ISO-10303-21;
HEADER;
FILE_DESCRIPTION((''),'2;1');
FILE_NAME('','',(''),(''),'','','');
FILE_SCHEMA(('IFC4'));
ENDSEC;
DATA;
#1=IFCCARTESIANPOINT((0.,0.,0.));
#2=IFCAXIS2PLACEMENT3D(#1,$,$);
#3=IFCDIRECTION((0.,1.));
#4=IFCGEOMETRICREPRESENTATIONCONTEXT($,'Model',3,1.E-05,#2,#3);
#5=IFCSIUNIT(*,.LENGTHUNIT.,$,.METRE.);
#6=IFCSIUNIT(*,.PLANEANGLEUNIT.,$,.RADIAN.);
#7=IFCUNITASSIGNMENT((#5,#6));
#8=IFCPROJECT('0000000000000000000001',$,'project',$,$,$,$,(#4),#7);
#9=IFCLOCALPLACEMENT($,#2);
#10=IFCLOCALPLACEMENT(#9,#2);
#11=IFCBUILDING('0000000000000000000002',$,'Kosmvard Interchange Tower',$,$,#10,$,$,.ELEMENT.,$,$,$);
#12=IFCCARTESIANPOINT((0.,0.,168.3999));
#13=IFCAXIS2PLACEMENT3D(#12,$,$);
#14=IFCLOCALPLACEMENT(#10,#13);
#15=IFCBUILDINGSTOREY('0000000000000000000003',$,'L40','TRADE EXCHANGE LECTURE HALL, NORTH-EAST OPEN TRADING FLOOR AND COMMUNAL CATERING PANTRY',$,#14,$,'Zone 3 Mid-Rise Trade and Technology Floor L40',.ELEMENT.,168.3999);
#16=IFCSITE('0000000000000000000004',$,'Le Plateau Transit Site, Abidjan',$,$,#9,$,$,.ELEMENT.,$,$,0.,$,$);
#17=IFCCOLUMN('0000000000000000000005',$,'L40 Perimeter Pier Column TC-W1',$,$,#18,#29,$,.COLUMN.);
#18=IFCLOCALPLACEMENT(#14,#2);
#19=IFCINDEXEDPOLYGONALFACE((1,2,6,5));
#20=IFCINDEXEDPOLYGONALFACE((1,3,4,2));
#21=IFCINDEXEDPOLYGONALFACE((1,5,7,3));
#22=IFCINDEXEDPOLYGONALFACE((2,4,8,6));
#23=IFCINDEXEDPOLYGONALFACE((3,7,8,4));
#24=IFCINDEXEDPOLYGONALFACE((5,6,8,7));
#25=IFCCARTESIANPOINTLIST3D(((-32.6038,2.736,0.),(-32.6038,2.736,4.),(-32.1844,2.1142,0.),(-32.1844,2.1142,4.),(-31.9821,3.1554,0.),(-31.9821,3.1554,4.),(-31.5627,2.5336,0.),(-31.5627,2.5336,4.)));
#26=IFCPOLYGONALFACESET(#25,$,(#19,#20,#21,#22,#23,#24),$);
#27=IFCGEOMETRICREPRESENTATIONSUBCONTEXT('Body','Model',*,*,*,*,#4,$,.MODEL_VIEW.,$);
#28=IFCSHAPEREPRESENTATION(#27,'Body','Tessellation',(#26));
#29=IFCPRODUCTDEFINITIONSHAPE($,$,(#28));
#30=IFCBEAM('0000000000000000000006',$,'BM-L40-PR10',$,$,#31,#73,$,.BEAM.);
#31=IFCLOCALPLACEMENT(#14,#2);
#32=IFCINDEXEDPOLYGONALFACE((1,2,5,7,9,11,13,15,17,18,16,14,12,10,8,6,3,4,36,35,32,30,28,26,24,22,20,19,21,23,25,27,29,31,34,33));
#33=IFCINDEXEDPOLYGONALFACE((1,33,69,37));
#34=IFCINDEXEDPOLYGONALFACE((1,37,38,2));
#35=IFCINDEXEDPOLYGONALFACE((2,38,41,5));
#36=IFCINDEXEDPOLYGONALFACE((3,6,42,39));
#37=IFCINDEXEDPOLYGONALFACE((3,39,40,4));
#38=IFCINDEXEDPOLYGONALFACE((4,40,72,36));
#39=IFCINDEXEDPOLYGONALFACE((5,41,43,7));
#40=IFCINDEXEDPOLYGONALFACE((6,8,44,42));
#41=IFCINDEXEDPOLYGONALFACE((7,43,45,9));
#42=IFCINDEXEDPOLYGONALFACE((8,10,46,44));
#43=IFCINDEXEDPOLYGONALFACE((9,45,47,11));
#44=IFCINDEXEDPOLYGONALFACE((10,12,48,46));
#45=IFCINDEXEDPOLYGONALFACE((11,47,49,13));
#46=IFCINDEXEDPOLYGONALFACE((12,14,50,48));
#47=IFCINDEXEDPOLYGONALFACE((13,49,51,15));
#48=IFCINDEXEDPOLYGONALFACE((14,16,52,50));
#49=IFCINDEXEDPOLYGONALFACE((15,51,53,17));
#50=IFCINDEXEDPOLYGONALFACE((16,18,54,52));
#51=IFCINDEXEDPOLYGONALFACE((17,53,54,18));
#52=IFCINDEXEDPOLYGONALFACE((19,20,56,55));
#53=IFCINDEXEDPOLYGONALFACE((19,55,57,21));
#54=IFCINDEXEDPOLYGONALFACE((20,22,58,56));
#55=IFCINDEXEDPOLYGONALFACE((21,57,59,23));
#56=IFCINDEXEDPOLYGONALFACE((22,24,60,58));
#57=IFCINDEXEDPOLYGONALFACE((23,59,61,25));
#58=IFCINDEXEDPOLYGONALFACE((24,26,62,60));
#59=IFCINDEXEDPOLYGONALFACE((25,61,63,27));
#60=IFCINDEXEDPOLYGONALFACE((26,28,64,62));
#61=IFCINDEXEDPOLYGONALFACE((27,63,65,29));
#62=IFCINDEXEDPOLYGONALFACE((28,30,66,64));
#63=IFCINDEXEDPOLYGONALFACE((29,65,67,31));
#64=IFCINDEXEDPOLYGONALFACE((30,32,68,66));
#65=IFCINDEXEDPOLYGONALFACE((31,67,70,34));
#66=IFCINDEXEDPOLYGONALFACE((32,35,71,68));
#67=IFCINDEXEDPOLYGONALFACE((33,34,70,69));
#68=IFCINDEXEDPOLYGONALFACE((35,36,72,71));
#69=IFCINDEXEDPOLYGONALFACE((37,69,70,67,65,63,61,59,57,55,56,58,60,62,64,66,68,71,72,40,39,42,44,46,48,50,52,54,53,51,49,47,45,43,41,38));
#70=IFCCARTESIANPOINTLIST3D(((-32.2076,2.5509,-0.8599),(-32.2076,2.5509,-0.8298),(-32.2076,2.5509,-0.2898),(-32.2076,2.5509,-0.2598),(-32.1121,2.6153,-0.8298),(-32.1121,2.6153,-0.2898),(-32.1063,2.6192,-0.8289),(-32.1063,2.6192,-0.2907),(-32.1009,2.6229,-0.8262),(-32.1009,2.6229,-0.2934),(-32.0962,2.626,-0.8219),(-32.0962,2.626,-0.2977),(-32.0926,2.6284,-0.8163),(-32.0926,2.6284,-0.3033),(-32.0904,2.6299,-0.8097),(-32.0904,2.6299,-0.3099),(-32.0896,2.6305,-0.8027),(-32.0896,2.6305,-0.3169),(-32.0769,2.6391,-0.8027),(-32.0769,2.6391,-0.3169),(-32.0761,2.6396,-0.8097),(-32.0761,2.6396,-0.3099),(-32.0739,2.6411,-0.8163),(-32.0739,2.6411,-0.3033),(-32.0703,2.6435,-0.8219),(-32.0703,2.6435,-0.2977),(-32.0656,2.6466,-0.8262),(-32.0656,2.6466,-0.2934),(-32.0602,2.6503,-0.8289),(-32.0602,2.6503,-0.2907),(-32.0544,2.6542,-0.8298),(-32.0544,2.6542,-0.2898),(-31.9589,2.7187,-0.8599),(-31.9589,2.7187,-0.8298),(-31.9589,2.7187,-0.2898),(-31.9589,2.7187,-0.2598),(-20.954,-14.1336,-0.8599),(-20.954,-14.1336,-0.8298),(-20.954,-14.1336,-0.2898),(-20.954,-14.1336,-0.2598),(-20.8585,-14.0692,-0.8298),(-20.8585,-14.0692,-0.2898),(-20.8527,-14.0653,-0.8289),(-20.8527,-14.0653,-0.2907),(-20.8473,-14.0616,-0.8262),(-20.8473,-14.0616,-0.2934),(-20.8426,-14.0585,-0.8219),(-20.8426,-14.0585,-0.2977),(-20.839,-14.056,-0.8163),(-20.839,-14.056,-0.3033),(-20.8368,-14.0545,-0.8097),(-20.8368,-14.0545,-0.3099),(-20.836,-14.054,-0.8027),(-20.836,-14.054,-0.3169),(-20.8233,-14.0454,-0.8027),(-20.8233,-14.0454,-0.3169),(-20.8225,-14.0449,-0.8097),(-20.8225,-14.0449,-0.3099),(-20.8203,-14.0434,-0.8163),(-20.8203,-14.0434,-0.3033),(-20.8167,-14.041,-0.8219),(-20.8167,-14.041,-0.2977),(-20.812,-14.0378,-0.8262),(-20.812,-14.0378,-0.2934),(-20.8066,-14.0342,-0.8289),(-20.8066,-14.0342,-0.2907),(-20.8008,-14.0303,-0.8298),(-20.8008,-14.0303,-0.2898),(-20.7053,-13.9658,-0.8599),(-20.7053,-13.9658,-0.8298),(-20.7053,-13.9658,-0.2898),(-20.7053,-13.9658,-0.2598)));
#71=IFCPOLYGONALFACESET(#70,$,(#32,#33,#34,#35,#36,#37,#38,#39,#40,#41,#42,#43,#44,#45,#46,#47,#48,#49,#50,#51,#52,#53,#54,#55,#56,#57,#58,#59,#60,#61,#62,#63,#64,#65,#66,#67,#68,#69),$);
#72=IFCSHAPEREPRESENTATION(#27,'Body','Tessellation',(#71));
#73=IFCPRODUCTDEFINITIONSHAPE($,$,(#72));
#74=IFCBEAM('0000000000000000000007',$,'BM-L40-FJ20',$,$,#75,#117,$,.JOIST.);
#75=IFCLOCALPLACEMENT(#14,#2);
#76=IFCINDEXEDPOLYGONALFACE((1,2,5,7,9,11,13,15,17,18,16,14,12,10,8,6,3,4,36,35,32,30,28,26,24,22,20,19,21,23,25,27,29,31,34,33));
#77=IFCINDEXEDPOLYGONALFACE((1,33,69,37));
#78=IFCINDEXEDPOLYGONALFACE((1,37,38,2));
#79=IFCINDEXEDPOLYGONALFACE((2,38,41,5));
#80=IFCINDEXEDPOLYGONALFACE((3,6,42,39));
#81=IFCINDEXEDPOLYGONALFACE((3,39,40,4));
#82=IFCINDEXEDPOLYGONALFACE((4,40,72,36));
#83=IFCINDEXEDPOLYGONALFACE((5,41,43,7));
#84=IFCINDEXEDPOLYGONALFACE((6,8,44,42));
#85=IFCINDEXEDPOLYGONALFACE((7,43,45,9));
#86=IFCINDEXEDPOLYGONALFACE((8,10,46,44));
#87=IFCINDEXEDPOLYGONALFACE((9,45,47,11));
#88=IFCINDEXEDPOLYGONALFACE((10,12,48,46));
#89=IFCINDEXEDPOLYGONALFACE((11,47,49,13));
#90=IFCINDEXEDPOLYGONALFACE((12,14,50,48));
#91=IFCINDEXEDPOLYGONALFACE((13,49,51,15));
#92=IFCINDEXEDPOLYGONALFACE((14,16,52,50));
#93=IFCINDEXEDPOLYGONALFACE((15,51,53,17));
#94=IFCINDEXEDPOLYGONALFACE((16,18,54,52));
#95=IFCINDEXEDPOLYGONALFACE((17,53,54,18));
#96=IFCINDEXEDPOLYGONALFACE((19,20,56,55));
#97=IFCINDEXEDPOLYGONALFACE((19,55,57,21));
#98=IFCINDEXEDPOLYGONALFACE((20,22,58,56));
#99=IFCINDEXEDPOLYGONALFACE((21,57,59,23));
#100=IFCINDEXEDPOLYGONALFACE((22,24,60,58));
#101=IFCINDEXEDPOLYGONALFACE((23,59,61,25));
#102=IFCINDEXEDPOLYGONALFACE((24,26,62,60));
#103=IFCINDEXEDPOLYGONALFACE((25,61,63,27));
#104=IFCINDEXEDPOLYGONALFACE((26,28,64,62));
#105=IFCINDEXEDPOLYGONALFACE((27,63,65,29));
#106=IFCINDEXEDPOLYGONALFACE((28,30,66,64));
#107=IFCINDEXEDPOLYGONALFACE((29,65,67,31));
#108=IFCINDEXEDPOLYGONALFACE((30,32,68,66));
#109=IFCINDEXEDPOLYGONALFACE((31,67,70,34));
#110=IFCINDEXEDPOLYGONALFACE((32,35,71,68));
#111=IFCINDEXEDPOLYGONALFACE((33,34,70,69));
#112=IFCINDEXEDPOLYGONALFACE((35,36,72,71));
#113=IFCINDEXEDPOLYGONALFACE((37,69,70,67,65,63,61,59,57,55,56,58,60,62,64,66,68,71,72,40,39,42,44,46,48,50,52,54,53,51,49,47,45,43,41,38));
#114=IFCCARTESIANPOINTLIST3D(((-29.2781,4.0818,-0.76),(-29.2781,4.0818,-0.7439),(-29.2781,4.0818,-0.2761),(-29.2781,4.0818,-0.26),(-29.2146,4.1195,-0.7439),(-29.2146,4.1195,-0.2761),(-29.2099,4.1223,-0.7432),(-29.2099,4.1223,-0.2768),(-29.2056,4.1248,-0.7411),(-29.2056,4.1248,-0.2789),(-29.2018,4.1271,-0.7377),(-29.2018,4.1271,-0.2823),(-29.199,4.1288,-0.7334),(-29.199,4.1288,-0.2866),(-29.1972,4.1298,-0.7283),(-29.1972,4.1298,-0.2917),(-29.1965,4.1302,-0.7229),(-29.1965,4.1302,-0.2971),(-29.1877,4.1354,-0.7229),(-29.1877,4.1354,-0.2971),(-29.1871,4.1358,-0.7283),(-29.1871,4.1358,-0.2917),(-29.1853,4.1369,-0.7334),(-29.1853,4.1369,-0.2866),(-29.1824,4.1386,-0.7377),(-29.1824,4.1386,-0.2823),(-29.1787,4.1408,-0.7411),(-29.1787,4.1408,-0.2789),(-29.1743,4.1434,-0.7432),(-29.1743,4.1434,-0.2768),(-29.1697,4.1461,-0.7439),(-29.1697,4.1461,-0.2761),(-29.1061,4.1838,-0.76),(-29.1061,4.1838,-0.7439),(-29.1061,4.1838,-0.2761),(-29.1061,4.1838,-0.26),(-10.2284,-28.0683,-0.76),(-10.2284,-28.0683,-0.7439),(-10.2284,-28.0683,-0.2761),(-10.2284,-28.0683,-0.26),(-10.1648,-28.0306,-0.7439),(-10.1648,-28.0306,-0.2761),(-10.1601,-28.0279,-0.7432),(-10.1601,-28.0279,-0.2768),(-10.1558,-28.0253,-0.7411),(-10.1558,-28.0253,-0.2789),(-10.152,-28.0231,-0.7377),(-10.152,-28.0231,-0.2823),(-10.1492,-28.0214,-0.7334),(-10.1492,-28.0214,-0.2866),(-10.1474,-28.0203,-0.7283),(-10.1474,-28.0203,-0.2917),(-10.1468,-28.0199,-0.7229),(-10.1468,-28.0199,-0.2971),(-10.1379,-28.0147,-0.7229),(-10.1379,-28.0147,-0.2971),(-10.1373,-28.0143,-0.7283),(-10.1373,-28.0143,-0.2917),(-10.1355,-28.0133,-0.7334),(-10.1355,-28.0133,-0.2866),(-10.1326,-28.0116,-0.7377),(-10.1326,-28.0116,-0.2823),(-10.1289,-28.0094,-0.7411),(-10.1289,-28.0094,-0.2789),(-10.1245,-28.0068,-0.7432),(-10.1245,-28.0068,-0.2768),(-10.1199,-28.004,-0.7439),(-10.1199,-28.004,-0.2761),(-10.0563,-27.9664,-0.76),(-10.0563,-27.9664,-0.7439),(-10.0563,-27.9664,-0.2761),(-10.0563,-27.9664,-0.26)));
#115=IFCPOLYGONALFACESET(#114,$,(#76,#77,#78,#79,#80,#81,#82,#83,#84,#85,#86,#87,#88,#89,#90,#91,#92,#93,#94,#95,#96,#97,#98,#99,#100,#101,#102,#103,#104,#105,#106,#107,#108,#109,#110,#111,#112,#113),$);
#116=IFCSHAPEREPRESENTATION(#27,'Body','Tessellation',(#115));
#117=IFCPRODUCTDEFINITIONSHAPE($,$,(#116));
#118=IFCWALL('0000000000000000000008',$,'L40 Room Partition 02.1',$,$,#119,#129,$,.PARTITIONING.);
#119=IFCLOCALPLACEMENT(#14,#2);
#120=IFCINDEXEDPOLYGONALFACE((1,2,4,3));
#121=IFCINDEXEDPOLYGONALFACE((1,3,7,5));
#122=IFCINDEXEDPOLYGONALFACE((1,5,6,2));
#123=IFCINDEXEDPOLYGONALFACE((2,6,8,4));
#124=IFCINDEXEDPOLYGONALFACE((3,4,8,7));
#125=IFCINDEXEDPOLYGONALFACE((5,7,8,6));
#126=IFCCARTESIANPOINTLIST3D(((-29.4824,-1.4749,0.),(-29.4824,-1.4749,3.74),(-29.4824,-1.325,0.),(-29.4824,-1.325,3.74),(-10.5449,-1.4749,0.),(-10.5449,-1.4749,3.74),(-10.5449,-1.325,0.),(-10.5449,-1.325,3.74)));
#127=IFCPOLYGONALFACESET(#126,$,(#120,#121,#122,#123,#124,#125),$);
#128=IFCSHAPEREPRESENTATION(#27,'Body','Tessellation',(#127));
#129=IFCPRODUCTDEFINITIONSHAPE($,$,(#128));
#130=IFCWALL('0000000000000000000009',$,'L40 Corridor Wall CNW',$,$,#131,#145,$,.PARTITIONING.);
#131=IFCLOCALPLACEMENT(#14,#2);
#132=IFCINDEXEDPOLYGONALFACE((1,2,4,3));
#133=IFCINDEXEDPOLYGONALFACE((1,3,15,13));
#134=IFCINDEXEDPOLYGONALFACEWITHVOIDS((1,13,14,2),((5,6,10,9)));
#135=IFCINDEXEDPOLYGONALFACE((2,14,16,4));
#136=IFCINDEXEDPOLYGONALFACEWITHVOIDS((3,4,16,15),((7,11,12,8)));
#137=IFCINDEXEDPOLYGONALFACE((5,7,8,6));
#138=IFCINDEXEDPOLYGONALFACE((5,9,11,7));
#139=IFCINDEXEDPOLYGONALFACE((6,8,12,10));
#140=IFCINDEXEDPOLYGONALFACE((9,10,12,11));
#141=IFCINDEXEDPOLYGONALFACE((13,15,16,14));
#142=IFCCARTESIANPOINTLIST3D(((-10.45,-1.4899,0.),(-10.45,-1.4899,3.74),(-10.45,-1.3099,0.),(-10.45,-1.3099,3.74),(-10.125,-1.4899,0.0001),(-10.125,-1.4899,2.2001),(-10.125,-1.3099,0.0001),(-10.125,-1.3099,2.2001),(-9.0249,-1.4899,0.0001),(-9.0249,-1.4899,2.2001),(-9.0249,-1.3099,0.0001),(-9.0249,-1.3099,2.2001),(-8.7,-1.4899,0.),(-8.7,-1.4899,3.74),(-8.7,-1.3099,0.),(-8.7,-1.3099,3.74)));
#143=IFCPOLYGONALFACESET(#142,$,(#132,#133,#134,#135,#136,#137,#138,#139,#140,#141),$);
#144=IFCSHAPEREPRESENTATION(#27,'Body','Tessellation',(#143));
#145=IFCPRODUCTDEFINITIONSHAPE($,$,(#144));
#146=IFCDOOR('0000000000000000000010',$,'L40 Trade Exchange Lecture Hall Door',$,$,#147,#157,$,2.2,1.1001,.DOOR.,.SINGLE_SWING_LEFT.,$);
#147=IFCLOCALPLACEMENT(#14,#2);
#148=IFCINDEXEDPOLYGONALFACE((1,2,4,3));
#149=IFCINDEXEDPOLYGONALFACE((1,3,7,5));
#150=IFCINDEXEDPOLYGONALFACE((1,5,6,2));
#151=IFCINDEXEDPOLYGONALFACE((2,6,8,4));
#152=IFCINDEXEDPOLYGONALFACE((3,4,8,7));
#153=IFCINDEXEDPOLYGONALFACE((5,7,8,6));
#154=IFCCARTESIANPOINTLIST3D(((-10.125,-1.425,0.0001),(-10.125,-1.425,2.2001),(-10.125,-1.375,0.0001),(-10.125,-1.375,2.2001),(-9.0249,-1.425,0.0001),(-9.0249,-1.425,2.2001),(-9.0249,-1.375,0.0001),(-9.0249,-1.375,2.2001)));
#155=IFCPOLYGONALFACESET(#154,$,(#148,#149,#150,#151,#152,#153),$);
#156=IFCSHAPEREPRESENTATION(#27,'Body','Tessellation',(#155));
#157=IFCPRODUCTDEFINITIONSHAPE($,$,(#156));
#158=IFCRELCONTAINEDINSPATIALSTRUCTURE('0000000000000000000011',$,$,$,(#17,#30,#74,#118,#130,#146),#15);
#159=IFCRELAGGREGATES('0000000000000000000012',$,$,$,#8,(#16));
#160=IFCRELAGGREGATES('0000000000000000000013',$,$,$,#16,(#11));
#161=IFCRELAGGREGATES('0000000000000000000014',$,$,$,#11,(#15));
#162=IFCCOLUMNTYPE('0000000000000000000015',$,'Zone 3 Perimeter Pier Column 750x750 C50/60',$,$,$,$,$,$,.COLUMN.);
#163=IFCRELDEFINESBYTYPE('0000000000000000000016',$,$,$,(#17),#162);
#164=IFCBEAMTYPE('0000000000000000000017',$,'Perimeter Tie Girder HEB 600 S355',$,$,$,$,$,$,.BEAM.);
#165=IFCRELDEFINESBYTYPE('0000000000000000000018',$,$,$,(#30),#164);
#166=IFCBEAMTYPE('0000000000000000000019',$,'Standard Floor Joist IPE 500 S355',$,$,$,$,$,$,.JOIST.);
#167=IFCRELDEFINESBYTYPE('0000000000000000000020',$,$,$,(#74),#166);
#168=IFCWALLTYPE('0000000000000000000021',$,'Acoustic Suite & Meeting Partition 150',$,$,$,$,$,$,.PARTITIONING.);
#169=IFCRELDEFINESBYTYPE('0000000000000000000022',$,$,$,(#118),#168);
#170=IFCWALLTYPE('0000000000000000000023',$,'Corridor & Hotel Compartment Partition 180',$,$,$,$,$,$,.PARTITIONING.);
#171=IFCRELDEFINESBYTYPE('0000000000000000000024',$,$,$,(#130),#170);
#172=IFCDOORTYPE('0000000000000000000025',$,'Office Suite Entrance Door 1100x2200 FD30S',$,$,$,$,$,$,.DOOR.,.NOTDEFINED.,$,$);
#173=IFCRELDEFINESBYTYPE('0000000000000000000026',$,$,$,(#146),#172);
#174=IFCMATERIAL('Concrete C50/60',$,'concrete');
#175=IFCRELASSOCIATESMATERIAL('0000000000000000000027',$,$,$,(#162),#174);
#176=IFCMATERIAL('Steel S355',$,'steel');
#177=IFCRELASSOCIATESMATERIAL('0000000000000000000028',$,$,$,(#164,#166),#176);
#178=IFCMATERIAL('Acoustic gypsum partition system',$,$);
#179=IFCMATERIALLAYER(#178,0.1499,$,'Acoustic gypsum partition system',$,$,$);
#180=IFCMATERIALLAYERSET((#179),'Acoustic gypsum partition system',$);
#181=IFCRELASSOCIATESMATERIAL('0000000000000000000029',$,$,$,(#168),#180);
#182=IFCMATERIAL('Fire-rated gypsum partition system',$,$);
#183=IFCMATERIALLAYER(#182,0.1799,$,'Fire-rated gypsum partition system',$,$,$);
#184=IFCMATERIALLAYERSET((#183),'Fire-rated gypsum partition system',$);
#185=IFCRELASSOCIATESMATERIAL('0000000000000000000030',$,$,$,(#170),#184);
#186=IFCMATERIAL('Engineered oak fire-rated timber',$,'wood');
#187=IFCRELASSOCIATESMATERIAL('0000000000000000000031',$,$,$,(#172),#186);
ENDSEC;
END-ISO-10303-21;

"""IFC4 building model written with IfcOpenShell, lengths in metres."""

from ifc_helpers import new_model, si_unit, direction, frame, frame_2d, origin, origin_2d, place, context, subcontext, project, spatial, rectangle, i_section, extrude, source, transform, mapped, material, layer, layer_set, material_profile, profile_set, type_object, element, fill, save


model = new_model("IFC4")

# Units and contexts
model_context = context("Model", 3, precision=1e-05, world=origin(), true_north=direction((0.0, 1.0)))
body_context = subcontext(model_context, "Body", "Model", "MODEL_VIEW")
ifc_project = project(units=[si_unit("LENGTHUNIT", "METRE"), si_unit("PLANEANGLEUNIT", "RADIAN")], contexts=[model_context])

# Site, building, storey
site_placement = place(None, origin())
site = spatial("IfcSite", under=ifc_project, at=site_placement, Name="Le Plateau Transit Site, Abidjan", CompositionType="ELEMENT", RefElevation=0.0)
building_placement = place(site_placement, origin())
building = spatial("IfcBuilding", under=site, at=building_placement, Name="Kosmvard Interchange Tower", CompositionType="ELEMENT")
storey_placement = place(building_placement, frame((0.0, 0.0, 168.3999)))
storey = spatial("IfcBuildingStorey", under=building, at=storey_placement, Name="L40", Description="TRADE EXCHANGE LECTURE HALL, NORTH-EAST OPEN TRADING FLOOR AND COMMUNAL CATERING PANTRY", LongName="Zone 3 Mid-Rise Trade and Technology Floor L40", CompositionType="ELEMENT", Elevation=168.3999)

# Column
ifc_material_1 = material(Name="Concrete C50/60", Category="concrete")
ifc_material_profile_1 = material_profile(ifc_material_1, rectangle(XDim=0.75, YDim=0.75, at=origin_2d()), Name="TC 750x750")
ifc_profile_set_1 = profile_set([ifc_material_profile_1], Name="Concrete C50/60")
column_type = type_object("IfcColumnType", Name="Zone 3 Perimeter Pier Column 750x750 C50/60", PredefinedType="COLUMN", material=ifc_profile_set_1)
shared_shape_1 = source(origin(), body_context, "Body", "SweptSolid", [
    extrude(rectangle(XDim=0.75, YDim=0.75, at=origin_2d()), origin(), (0.0, 0.0, 1.0), 4.0),
])
column_placement = place(storey_placement, frame((-32.0833, 2.6348, 0.0), z_axis=(0.0, 0.0, 1.0), x_axis=(0.829038, 0.559193, 0.0)))
element("IfcColumn", 1, at=column_placement, inside=storey, type_object=column_type, Name="L40 Perimeter Pier Column TC-W1", PredefinedType="COLUMN", context=body_context, shape_type="MappedRepresentation", body=[
    mapped(shared_shape_1, transform((0.0, 0.0, 0.0), scale=1.0)),
])

# Beams
ifc_material_2 = material(Name="Steel S355", Category="steel")
ifc_material_profile_2 = material_profile(ifc_material_2, i_section(OverallWidth=0.3, OverallDepth=0.6001, WebThickness=0.0154, FlangeThickness=0.03, FilletRadius=0.0271, at=origin_2d()), Name="HEB 600")
ifc_profile_set_2 = profile_set([ifc_material_profile_2], Name="Steel S355")
beam_type_1 = type_object("IfcBeamType", Name="Perimeter Tie Girder HEB 600 S355", PredefinedType="BEAM", material=ifc_profile_set_2)
shared_shape_2 = source(origin(), body_context, "Body", "SweptSolid", [
    extrude(i_section(OverallWidth=0.3, OverallDepth=0.6001, WebThickness=0.0154, FlangeThickness=0.03, FilletRadius=0.0271, at=origin_2d()), origin(), (0.0, 0.0, 1.0), 20.125),
])
beam_1_placement = place(storey_placement, frame((-32.0833, 2.6348, -0.5598), z_axis=(0.559185, -0.829043, 0.0), x_axis=(0.829043, 0.559185, 0.0)))
element("IfcBeam", 2, at=beam_1_placement, inside=storey, type_object=beam_type_1, Name="BM-L40-PR10", PredefinedType="BEAM", context=body_context, shape_type="MappedRepresentation", body=[
    mapped(shared_shape_2, transform((0.0, 0.0, 0.0), scale=1.0)),
])
ifc_material_profile_3 = material_profile(ifc_material_2, i_section(OverallWidth=0.2, OverallDepth=0.5, WebThickness=0.0103, FlangeThickness=0.0161, FilletRadius=0.021, at=origin_2d()), Name="IPE 500")
ifc_profile_set_3 = profile_set([ifc_material_profile_3], Name="Steel S355")
beam_type_2 = type_object("IfcBeamType", Name="Standard Floor Joist IPE 500 S355", PredefinedType="JOIST", material=ifc_profile_set_3)
shared_shape_3 = source(origin(), body_context, "Body", "SweptSolid", [
    extrude(i_section(OverallWidth=0.2, OverallDepth=0.5, WebThickness=0.0103, FlangeThickness=0.0161, FilletRadius=0.021, at=origin_2d()), origin(), (0.0, 0.0, 1.0), 37.3701),
])
beam_2_placement = place(storey_placement, frame((-29.1921, 4.1328, -0.51), z_axis=(0.50976, -0.860317, 0.0), x_axis=(0.860317, 0.50976, 0.0)))
element("IfcBeam", 3, at=beam_2_placement, inside=storey, type_object=beam_type_2, Name="BM-L40-FJ20", PredefinedType="JOIST", context=body_context, shape_type="MappedRepresentation", body=[
    mapped(shared_shape_3, transform((0.0, 0.0, 0.0), scale=1.0)),
])

# Wall
ifc_material_3 = material(Name="Acoustic gypsum partition system")
ifc_layer_1 = layer(ifc_material_3, 0.1499, Name="Acoustic gypsum partition system")
ifc_layer_set_1 = layer_set([ifc_layer_1], Name="Acoustic gypsum partition system")
wall_type_1 = type_object("IfcWallType", Name="Acoustic Suite & Meeting Partition 150", PredefinedType="PARTITIONING", material=ifc_layer_set_1)
wall_1_placement = place(storey_placement, frame((-29.4824, -1.3999, 0.0), z_axis=(0.0, 0.0, 1.0), x_axis=(1.0, 0.0, 0.0)))
element("IfcWall", 4, at=wall_1_placement, inside=storey, type_object=wall_type_1, Name="L40 Room Partition 02.1", PredefinedType="PARTITIONING", context=body_context, shape_type="SweptSolid", body=[
    extrude(rectangle(XDim=18.9375, YDim=0.1499, at=frame_2d((9.4688, 0.0))), origin(), (0.0, 0.0, 1.0), 3.74),
])

# Wall, opening, door
ifc_material_4 = material(Name="Fire-rated gypsum partition system")
ifc_layer_2 = layer(ifc_material_4, 0.1799, Name="Fire-rated gypsum partition system")
ifc_layer_set_2 = layer_set([ifc_layer_2], Name="Fire-rated gypsum partition system")
wall_type_2 = type_object("IfcWallType", Name="Corridor & Hotel Compartment Partition 180", PredefinedType="PARTITIONING", material=ifc_layer_set_2)
wall_2_placement = place(storey_placement, frame((-10.45, -1.3999, 0.0), z_axis=(0.0, 0.0, 1.0), x_axis=(1.0, 0.0, 0.0)))
wall_2 = element("IfcWall", 5, at=wall_2_placement, inside=storey, type_object=wall_type_2, Name="L40 Corridor Wall CNW", PredefinedType="PARTITIONING", context=body_context, shape_type="SweptSolid", body=[
    extrude(rectangle(XDim=1.75, YDim=0.1799, at=frame_2d((0.875, 0.0))), origin(), (0.0, 0.0, 1.0), 3.74),
])
opening_1_placement = place(wall_2_placement, frame((0.325, 0.0, 0.0)))
opening_1 = element("IfcOpeningElement", 6, at=opening_1_placement, cuts=wall_2, PredefinedType="OPENING", context=body_context, shape_type="SweptSolid", body=[
    extrude(rectangle(XDim=1.1001, YDim=2.2, at=frame_2d((0.55, 1.1001))), frame((0.0, 0.1001, 0.0), z_axis=(0.0, -1.0, 0.0), x_axis=(1.0, 0.0, 0.0)), (0.0, 0.0, 1.0), 0.2),
])
ifc_material_5 = material(Name="Engineered oak fire-rated timber", Category="wood")
door_type_1 = type_object("IfcDoorType", Name="Office Suite Entrance Door 1100x2200 FD30S", OperationType="NOTDEFINED", PredefinedType="DOOR", material=ifc_material_5)
shared_shape_4 = source(origin(), body_context, "Body", "SweptSolid", [
    extrude(rectangle(XDim=1.1001, YDim=2.2, at=frame_2d((0.55, 1.1001))), frame((0.0, 0.0249, 0.0), z_axis=(0.0, -1.0, 0.0), x_axis=(1.0, 0.0, 0.0)), (0.0, 0.0, 1.0), 0.05),
])
door_1_placement = place(opening_1_placement, origin())
door_1 = element("IfcDoor", 7, at=door_1_placement, inside=storey, type_object=door_type_1, Name="L40 Trade Exchange Lecture Hall Door", OperationType="SINGLE_SWING_LEFT", OverallHeight=2.2, OverallWidth=1.1001, PredefinedType="DOOR", context=body_context, shape_type="MappedRepresentation", body=[
    mapped(shared_shape_4, transform((0.0, 0.0, 0.0), scale=1.0)),
])
fill(opening_1, door_1)

save(model, "model.ifc")
